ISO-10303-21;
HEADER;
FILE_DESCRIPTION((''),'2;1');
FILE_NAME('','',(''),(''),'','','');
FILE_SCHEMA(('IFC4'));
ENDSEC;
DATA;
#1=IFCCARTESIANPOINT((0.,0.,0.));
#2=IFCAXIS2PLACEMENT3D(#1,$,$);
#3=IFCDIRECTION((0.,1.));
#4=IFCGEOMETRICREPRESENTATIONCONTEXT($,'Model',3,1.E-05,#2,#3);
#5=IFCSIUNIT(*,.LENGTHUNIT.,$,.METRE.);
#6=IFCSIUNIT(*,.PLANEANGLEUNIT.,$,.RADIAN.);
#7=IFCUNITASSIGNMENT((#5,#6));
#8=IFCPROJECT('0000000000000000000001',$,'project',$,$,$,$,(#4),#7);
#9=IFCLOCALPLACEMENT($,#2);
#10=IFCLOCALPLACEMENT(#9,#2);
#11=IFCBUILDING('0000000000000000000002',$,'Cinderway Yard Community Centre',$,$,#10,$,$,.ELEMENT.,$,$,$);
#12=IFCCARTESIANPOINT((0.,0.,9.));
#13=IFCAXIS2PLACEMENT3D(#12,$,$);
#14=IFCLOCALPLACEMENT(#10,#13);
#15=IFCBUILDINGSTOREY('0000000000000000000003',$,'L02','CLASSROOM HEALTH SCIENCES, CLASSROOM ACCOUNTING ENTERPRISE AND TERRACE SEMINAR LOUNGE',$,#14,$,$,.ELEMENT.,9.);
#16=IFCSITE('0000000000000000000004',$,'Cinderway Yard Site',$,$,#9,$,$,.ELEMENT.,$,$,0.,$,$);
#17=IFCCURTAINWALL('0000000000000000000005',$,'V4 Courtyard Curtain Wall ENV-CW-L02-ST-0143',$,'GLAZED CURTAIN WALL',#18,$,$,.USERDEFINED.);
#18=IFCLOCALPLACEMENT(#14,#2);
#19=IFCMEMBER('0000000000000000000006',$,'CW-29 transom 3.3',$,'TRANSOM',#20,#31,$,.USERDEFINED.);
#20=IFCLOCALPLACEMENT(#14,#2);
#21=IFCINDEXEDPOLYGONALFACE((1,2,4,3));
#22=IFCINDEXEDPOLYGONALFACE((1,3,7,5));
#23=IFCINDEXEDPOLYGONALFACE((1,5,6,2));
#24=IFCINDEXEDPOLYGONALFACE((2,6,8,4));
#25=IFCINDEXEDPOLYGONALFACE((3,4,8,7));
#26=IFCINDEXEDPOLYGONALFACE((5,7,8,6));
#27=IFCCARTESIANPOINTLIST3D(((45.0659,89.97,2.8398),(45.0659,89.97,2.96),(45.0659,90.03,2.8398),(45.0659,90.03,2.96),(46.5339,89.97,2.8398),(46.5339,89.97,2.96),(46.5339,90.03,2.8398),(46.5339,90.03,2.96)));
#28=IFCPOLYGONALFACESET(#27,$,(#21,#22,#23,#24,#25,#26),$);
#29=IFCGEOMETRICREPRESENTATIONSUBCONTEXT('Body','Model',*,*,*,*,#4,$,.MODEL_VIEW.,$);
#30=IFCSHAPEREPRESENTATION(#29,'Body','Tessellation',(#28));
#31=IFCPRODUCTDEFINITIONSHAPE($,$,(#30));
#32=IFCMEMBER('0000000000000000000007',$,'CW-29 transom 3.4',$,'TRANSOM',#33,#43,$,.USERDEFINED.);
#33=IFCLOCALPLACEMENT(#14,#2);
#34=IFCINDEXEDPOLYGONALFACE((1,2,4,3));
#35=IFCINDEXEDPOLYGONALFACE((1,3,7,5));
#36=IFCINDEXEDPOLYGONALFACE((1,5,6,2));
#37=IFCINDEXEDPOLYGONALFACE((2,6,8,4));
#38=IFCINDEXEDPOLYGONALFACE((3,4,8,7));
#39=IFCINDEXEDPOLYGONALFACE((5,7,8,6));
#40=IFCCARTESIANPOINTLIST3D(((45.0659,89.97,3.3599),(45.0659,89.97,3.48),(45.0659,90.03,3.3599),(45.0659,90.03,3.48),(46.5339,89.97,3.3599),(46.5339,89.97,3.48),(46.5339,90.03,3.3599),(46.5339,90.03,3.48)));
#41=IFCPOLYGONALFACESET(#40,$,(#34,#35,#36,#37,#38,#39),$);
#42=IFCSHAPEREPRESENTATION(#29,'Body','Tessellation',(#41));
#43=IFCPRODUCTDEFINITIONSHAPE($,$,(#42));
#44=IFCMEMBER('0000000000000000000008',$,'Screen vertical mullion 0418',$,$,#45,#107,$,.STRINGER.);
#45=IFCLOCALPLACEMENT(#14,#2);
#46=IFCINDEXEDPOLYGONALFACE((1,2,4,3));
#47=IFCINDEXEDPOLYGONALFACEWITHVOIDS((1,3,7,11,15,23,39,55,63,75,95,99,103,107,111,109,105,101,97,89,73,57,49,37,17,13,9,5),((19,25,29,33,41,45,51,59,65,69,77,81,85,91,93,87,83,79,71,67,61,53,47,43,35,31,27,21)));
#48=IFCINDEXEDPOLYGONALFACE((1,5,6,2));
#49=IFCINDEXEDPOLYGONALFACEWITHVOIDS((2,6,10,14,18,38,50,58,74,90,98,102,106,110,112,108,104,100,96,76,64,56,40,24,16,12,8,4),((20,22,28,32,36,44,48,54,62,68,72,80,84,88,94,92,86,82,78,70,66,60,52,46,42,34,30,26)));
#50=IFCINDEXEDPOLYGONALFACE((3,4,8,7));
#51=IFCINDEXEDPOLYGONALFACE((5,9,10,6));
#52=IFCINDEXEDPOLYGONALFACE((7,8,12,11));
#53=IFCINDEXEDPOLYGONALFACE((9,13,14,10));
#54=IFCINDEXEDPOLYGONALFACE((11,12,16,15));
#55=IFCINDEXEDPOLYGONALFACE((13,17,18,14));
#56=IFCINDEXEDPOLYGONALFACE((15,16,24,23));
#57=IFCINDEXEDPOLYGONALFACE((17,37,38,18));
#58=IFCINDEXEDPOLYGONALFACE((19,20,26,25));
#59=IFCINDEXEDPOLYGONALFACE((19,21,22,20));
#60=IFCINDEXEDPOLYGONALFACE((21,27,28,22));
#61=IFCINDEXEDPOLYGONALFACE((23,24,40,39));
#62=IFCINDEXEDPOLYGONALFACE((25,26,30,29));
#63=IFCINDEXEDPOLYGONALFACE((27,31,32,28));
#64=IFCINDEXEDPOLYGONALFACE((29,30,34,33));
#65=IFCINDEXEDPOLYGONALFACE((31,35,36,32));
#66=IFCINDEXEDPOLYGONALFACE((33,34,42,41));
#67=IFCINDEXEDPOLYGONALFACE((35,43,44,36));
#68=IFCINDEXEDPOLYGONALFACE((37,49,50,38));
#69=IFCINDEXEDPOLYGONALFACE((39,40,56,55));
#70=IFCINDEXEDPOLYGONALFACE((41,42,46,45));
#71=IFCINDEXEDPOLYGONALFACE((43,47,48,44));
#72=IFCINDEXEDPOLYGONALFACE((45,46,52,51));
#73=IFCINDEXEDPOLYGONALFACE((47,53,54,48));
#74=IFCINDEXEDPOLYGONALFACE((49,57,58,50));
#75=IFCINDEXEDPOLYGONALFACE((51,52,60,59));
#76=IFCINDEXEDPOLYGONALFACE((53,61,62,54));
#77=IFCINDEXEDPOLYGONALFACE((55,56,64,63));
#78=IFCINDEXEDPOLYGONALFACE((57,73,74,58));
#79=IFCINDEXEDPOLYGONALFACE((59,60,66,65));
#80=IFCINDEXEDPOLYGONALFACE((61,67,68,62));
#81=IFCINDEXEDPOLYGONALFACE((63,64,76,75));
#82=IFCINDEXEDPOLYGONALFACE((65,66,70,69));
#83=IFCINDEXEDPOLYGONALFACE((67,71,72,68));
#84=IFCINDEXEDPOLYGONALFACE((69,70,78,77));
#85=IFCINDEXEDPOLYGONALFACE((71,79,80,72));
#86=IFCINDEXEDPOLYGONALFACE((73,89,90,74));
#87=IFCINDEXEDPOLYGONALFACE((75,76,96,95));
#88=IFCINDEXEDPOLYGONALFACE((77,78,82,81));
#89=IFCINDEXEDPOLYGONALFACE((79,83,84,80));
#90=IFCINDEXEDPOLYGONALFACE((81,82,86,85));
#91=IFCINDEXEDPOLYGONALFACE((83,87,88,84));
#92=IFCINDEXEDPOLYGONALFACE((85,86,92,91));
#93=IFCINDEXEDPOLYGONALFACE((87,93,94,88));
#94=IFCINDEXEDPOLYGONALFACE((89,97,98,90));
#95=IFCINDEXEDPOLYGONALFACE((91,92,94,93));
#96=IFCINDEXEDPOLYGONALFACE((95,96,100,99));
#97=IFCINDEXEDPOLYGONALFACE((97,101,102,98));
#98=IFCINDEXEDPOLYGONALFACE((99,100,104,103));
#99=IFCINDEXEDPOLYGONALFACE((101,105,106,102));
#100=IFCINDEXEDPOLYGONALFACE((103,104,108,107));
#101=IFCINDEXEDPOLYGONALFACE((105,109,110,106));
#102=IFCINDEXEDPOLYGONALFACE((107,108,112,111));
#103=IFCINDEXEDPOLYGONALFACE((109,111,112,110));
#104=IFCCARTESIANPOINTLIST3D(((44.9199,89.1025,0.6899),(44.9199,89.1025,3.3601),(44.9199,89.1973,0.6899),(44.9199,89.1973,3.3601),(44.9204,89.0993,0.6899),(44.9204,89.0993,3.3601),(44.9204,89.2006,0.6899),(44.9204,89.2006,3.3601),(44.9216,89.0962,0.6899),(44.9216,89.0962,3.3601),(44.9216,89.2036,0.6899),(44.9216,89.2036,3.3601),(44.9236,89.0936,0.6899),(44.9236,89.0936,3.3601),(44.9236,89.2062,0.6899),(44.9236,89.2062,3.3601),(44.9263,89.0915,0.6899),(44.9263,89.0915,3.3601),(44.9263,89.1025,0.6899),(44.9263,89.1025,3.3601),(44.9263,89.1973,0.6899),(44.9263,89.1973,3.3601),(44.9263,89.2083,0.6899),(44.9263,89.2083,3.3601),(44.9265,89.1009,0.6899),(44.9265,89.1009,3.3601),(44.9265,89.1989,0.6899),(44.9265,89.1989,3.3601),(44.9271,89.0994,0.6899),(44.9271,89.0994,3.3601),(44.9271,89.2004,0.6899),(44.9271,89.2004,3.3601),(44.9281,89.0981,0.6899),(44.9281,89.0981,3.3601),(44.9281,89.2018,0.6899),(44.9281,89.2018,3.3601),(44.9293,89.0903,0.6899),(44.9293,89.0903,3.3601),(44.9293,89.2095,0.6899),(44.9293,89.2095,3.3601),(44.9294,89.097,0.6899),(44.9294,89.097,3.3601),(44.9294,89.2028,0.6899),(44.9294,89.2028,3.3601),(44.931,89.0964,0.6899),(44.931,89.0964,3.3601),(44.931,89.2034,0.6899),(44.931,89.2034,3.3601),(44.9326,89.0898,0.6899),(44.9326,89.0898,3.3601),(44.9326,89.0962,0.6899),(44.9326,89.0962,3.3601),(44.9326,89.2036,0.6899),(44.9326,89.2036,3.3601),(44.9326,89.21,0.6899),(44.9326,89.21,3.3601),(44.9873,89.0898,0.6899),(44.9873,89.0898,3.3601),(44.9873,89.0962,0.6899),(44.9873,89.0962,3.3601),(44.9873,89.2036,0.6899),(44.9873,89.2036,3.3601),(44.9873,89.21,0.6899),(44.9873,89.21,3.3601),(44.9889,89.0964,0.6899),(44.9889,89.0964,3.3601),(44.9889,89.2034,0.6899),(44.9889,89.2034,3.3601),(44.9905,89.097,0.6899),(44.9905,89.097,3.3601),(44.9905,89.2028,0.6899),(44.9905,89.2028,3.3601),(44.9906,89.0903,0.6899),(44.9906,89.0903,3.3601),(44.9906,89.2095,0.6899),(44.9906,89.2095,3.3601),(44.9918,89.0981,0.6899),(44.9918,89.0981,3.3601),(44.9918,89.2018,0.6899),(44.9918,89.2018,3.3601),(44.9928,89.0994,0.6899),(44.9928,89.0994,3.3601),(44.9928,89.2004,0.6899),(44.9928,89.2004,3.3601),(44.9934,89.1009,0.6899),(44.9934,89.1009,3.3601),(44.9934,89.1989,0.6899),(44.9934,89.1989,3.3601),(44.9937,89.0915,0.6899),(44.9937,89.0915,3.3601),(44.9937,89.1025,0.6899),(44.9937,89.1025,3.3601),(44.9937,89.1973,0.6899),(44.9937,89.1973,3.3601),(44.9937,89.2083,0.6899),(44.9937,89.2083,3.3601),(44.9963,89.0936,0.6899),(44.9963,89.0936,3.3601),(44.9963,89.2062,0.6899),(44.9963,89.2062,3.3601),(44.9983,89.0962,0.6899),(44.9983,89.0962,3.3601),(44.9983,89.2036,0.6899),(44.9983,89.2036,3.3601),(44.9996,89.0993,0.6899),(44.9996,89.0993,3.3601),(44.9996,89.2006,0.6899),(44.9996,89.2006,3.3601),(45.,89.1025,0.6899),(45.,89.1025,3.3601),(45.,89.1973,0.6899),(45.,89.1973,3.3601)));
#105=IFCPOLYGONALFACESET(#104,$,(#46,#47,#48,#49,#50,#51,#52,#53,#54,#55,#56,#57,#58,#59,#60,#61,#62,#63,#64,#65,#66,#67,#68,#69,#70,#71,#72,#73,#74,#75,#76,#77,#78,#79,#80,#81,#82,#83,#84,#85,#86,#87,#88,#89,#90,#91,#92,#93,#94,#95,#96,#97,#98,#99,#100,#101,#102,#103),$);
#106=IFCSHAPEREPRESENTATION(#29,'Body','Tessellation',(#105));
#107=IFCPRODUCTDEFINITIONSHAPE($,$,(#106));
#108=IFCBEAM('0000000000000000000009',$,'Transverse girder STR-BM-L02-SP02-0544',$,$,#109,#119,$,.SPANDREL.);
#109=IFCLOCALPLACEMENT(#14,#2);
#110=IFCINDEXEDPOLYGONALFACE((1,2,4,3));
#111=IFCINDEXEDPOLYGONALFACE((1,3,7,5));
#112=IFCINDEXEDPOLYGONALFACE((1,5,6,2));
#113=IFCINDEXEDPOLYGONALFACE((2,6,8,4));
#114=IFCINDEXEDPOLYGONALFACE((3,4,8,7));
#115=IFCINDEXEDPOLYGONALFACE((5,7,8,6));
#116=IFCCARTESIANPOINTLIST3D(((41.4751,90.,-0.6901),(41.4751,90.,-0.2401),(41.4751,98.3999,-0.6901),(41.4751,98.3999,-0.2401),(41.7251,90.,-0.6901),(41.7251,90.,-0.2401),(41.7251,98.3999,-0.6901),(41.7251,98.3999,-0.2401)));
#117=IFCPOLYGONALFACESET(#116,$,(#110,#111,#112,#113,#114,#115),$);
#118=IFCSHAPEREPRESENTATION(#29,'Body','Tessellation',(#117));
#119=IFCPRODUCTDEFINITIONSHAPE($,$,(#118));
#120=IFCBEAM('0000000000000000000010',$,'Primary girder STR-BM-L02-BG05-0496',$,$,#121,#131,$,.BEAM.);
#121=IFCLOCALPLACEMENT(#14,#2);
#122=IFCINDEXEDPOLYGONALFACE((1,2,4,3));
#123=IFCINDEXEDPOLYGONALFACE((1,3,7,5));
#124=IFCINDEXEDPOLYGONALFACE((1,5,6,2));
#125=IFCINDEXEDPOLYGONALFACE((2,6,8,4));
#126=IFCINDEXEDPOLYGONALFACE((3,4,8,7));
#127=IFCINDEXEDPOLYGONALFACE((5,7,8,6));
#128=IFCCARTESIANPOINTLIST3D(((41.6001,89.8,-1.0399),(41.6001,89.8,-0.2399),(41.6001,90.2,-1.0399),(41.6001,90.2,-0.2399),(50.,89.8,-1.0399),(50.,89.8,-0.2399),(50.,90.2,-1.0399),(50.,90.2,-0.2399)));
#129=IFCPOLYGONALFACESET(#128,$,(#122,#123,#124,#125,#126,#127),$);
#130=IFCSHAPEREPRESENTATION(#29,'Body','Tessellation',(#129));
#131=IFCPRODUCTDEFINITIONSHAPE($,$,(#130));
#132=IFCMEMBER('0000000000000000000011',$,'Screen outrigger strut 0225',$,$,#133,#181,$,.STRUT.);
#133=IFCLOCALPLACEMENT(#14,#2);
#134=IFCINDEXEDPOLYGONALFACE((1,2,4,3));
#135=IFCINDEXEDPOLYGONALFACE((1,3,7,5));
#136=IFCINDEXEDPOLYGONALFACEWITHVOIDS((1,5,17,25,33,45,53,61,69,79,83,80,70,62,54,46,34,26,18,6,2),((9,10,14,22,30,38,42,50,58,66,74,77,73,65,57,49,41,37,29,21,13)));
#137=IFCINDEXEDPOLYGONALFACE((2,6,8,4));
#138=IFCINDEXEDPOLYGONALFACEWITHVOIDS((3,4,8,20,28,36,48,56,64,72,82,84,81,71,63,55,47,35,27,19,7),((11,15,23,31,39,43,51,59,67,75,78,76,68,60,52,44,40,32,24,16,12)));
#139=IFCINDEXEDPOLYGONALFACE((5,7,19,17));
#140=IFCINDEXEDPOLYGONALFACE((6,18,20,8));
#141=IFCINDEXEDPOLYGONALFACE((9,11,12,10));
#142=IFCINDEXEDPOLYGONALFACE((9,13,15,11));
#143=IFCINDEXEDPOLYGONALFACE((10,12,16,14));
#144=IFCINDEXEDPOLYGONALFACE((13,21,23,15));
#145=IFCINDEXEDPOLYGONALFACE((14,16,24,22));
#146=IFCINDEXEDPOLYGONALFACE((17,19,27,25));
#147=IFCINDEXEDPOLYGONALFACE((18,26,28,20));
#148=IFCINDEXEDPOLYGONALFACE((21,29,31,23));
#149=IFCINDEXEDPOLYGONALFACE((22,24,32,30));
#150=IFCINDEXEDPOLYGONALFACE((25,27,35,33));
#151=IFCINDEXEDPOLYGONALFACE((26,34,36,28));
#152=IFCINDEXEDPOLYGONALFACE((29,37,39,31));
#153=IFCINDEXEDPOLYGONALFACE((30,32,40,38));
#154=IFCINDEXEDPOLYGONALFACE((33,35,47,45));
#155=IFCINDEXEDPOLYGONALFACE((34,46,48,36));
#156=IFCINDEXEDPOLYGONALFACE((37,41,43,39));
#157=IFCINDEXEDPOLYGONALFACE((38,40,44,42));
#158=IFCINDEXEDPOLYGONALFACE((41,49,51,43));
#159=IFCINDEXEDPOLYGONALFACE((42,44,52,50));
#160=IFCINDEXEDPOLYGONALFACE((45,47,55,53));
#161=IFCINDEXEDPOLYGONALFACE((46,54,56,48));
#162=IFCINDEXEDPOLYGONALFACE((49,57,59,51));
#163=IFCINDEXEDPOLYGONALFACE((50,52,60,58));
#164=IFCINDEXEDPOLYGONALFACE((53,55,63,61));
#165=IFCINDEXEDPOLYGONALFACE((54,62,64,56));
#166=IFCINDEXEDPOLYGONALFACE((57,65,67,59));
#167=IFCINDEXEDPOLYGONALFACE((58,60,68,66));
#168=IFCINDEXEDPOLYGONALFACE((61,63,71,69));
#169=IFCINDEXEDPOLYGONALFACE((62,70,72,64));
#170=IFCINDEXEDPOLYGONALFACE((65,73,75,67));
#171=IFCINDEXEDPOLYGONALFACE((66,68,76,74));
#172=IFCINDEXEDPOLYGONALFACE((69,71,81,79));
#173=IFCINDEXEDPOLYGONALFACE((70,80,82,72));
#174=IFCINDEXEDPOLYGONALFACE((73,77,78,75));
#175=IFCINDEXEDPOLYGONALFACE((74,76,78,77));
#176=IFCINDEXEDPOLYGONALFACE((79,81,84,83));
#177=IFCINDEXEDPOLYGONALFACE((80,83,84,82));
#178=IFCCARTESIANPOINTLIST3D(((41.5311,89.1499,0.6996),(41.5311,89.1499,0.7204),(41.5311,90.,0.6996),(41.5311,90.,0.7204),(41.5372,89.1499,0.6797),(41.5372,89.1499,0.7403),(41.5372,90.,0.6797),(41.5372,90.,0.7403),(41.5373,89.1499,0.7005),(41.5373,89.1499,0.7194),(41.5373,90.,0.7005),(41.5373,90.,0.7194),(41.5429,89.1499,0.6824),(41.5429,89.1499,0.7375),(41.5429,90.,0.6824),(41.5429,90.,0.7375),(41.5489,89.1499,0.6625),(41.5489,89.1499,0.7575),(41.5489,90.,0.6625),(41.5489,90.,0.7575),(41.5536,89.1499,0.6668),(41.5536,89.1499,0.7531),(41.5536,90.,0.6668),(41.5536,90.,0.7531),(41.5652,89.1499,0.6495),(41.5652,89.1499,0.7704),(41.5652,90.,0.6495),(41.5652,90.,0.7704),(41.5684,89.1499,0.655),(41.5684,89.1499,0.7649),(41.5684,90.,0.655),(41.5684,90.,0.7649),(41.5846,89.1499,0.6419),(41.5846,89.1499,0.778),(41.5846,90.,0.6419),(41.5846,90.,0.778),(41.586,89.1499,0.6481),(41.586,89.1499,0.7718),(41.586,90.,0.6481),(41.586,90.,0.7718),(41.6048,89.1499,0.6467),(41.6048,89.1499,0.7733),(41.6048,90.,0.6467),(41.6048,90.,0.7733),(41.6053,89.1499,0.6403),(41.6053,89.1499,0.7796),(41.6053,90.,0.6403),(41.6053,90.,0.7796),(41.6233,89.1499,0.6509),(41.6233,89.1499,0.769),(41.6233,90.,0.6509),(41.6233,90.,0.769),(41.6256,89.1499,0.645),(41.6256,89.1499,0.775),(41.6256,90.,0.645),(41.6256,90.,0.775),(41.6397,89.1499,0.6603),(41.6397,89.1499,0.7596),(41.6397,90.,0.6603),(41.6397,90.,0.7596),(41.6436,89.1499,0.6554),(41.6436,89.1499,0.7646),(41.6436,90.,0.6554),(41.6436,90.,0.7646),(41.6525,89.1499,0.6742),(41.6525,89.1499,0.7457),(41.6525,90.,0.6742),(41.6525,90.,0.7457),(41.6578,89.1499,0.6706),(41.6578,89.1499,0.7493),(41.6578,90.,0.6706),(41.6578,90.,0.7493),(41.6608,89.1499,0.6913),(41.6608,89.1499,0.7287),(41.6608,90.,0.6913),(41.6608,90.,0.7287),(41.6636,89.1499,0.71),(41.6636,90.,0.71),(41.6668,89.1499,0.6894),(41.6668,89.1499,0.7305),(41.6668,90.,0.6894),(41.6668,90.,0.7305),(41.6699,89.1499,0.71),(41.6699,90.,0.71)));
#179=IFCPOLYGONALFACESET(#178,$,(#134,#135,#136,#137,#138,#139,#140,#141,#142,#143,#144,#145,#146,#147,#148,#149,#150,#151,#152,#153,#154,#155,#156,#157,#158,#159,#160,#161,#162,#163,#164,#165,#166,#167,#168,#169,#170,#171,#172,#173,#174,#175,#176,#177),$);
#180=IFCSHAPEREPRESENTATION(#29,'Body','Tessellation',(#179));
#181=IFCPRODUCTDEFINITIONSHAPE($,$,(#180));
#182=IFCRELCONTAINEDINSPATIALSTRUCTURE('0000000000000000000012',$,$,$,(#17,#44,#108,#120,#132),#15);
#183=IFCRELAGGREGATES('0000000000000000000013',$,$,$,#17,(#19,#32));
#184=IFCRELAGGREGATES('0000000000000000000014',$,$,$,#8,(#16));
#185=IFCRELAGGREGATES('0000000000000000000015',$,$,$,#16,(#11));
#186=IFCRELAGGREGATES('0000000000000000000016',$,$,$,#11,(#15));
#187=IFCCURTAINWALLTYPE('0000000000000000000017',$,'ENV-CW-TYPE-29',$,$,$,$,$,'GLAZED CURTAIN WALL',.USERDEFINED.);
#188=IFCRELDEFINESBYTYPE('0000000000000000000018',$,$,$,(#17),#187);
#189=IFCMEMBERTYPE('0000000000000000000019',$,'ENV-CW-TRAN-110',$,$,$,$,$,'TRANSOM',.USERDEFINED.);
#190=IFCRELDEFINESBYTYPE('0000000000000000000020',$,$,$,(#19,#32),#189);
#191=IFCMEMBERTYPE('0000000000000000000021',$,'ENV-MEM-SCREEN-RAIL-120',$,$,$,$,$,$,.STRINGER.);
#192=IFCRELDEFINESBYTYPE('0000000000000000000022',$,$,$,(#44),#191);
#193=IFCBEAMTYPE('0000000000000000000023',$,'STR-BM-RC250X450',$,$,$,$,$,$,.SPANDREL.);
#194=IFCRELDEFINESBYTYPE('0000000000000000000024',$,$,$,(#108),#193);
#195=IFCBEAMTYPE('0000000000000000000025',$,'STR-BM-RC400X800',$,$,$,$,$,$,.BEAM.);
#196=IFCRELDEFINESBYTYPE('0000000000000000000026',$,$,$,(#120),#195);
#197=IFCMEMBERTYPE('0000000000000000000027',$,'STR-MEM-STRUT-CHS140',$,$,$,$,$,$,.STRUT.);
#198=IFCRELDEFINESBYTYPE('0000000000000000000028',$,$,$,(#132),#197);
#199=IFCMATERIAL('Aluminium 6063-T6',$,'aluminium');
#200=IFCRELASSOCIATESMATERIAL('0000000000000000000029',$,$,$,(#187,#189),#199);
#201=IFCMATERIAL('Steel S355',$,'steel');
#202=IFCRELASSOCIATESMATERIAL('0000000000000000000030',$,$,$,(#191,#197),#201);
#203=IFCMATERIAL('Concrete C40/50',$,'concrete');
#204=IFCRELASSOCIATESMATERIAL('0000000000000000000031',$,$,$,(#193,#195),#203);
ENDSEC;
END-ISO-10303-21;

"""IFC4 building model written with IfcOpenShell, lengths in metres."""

from ifc_helpers import new_model, si_unit, direction, frame, origin, origin_2d, place, context, subcontext, project, spatial, rectangle, hollow_rectangle, hollow_circle, extrude, material, material_profile, profile_set, type_object, element, aggregate, save


model = new_model("IFC4")

# Units and contexts
model_context = context("Model", 3, precision=1e-05, world=origin(), true_north=direction((0.0, 1.0)))
body_context = subcontext(model_context, "Body", "Model", "MODEL_VIEW")
ifc_project = project(units=[si_unit("LENGTHUNIT", "METRE"), si_unit("PLANEANGLEUNIT", "RADIAN")], contexts=[model_context])

# Site, building, storey
site_placement = place(None, origin())
site = spatial("IfcSite", under=ifc_project, at=site_placement, Name="Cinderway Yard Site", CompositionType="ELEMENT", RefElevation=0.0)
building_placement = place(site_placement, origin())
building = spatial("IfcBuilding", under=site, at=building_placement, Name="Cinderway Yard Community Centre", CompositionType="ELEMENT")
storey_placement = place(building_placement, frame((0.0, 0.0, 9.0)))
storey = spatial("IfcBuildingStorey", under=building, at=storey_placement, Name="L02", Description="CLASSROOM HEALTH SCIENCES, CLASSROOM ACCOUNTING ENTERPRISE AND TERRACE SEMINAR LOUNGE", CompositionType="ELEMENT", Elevation=9.0)

# Shared definitions
ifc_material_1 = material(Name="Concrete C40/50", Category="concrete")

# Curtain wall, members
ifc_material_2 = material(Name="Aluminium 6063-T6", Category="aluminium")
curtain_wall_type = type_object("IfcCurtainWallType", Name="ENV-CW-TYPE-29", ElementType="GLAZED CURTAIN WALL", PredefinedType="USERDEFINED", material=ifc_material_2)
curtain_wall_placement = place(storey_placement, origin())
curtain_wall = element("IfcCurtainWall", 1, at=curtain_wall_placement, inside=storey, type_object=curtain_wall_type, Name="V4 Courtyard Curtain Wall ENV-CW-L02-ST-0143", ObjectType="GLAZED CURTAIN WALL", PredefinedType="USERDEFINED")
ifc_material_profile_1 = material_profile(ifc_material_2, rectangle(XDim=0.0601, YDim=0.1201, at=origin_2d()), Name="Aluminium 6063-T6")
ifc_profile_set_1 = profile_set([ifc_material_profile_1], Name="Aluminium 6063-T6")
member_type_1 = type_object("IfcMemberType", Name="ENV-CW-TRAN-110", ElementType="TRANSOM", PredefinedType="USERDEFINED", material=ifc_profile_set_1)
member_1_placement = place(storey_placement, frame((45.0659, 90.0, 2.8999), z_axis=(1.0, 0.0, 0.0), x_axis=(0.0, 1.0, 0.0)))
member_1 = element("IfcMember", 2, at=member_1_placement, type_object=member_type_1, Name="CW-29 transom 3.3", ObjectType="TRANSOM", PredefinedType="USERDEFINED", context=body_context, shape_type="SweptSolid", body=[
    extrude(rectangle(XDim=0.0601, YDim=0.1201, at=origin_2d()), origin(), (0.0, 0.0, 1.0), 1.468),
])
member_2_placement = place(storey_placement, frame((45.0659, 90.0, 3.4199), z_axis=(1.0, 0.0, 0.0), x_axis=(0.0, 1.0, 0.0)))
member_2 = element("IfcMember", 3, at=member_2_placement, type_object=member_type_1, Name="CW-29 transom 3.4", ObjectType="TRANSOM", PredefinedType="USERDEFINED", context=body_context, shape_type="SweptSolid", body=[
    extrude(rectangle(XDim=0.0601, YDim=0.1201, at=origin_2d()), origin(), (0.0, 0.0, 1.0), 1.468),
])

# Member
ifc_material_3 = material(Name="Steel S355", Category="steel")
ifc_material_profile_2 = material_profile(ifc_material_3, hollow_rectangle(XDim=0.0801, YDim=0.1201, WallThickness=0.0063, InnerFilletRadius=0.0063, OuterFilletRadius=0.0127, at=origin_2d()), Name="Steel S355")
ifc_profile_set_2 = profile_set([ifc_material_profile_2], Name="Steel S355")
member_type_2 = type_object("IfcMemberType", Name="ENV-MEM-SCREEN-RAIL-120", PredefinedType="STRINGER", material=ifc_profile_set_2)
member_3_placement = place(storey_placement, frame((44.96, 89.1499, 0.6899), z_axis=(0.0, 0.0, 1.0), x_axis=(1.0, 0.0, 0.0)))
element("IfcMember", 4, at=member_3_placement, inside=storey, type_object=member_type_2, Name="Screen vertical mullion 0418", PredefinedType="STRINGER", context=body_context, shape_type="SweptSolid", body=[
    extrude(hollow_rectangle(XDim=0.0801, YDim=0.1201, WallThickness=0.0063, InnerFilletRadius=0.0063, OuterFilletRadius=0.0127, at=origin_2d()), origin(), (0.0, 0.0, 1.0), 2.6702),
])

# Beams
ifc_material_profile_3 = material_profile(ifc_material_1, rectangle(XDim=0.25, YDim=0.45, at=origin_2d()), Name="Concrete C40/50")
ifc_profile_set_3 = profile_set([ifc_material_profile_3], Name="Concrete C40/50")
beam_type_1 = type_object("IfcBeamType", Name="STR-BM-RC250X450", PredefinedType="SPANDREL", material=ifc_profile_set_3)
beam_1_placement = place(storey_placement, frame((41.6001, 90.0, -0.4651), z_axis=(0.0, 1.0, 0.0), x_axis=(-1.0, 0.0, 0.0)))
element("IfcBeam", 5, at=beam_1_placement, inside=storey, type_object=beam_type_1, Name="Transverse girder STR-BM-L02-SP02-0544", PredefinedType="SPANDREL", context=body_context, shape_type="SweptSolid", body=[
    extrude(rectangle(XDim=0.25, YDim=0.45, at=origin_2d()), origin(), (0.0, 0.0, 1.0), 8.3999),
])
ifc_material_profile_4 = material_profile(ifc_material_1, rectangle(XDim=0.3999, YDim=0.8, at=origin_2d()), Name="Concrete C40/50")
ifc_profile_set_4 = profile_set([ifc_material_profile_4], Name="Concrete C40/50")
beam_type_2 = type_object("IfcBeamType", Name="STR-BM-RC400X800", PredefinedType="BEAM", material=ifc_profile_set_4)
beam_2_placement = place(storey_placement, frame((41.6001, 90.0, -0.6399), z_axis=(1.0, 0.0, 0.0), x_axis=(0.0, 1.0, 0.0)))
element("IfcBeam", 6, at=beam_2_placement, inside=storey, type_object=beam_type_2, Name="Primary girder STR-BM-L02-BG05-0496", PredefinedType="BEAM", context=body_context, shape_type="SweptSolid", body=[
    extrude(rectangle(XDim=0.3999, YDim=0.8, at=origin_2d()), origin(), (0.0, 0.0, 1.0), 8.3999),
])

# Member
ifc_material_profile_5 = material_profile(ifc_material_3, hollow_circle(Radius=0.0698, WallThickness=0.0063, at=origin_2d()), Name="Steel S355")
ifc_profile_set_5 = profile_set([ifc_material_profile_5], Name="Steel S355")
member_type_3 = type_object("IfcMemberType", Name="STR-MEM-STRUT-CHS140", PredefinedType="STRUT", material=ifc_profile_set_5)
for number, where, z_axis, x_axis, name in (
    (7, (41.6001, 90.0, 0.71), (0.0, -1.0, 0.0), (1.0, 0.0, 0.0), "Screen outrigger strut 0225"),
):
    element("IfcMember", number, at=place(storey_placement, frame(where, z_axis=z_axis, x_axis=x_axis)), inside=storey, type_object=member_type_3, Name=name, PredefinedType="STRUT", context=body_context, shape_type="SweptSolid", body=[
        extrude(hollow_circle(Radius=0.0698, WallThickness=0.0063, at=origin_2d()), origin(), (0.0, 0.0, 1.0), 0.8501),
    ])

aggregate(curtain_wall, [member_1, member_2])

save(model, "model.ifc")
